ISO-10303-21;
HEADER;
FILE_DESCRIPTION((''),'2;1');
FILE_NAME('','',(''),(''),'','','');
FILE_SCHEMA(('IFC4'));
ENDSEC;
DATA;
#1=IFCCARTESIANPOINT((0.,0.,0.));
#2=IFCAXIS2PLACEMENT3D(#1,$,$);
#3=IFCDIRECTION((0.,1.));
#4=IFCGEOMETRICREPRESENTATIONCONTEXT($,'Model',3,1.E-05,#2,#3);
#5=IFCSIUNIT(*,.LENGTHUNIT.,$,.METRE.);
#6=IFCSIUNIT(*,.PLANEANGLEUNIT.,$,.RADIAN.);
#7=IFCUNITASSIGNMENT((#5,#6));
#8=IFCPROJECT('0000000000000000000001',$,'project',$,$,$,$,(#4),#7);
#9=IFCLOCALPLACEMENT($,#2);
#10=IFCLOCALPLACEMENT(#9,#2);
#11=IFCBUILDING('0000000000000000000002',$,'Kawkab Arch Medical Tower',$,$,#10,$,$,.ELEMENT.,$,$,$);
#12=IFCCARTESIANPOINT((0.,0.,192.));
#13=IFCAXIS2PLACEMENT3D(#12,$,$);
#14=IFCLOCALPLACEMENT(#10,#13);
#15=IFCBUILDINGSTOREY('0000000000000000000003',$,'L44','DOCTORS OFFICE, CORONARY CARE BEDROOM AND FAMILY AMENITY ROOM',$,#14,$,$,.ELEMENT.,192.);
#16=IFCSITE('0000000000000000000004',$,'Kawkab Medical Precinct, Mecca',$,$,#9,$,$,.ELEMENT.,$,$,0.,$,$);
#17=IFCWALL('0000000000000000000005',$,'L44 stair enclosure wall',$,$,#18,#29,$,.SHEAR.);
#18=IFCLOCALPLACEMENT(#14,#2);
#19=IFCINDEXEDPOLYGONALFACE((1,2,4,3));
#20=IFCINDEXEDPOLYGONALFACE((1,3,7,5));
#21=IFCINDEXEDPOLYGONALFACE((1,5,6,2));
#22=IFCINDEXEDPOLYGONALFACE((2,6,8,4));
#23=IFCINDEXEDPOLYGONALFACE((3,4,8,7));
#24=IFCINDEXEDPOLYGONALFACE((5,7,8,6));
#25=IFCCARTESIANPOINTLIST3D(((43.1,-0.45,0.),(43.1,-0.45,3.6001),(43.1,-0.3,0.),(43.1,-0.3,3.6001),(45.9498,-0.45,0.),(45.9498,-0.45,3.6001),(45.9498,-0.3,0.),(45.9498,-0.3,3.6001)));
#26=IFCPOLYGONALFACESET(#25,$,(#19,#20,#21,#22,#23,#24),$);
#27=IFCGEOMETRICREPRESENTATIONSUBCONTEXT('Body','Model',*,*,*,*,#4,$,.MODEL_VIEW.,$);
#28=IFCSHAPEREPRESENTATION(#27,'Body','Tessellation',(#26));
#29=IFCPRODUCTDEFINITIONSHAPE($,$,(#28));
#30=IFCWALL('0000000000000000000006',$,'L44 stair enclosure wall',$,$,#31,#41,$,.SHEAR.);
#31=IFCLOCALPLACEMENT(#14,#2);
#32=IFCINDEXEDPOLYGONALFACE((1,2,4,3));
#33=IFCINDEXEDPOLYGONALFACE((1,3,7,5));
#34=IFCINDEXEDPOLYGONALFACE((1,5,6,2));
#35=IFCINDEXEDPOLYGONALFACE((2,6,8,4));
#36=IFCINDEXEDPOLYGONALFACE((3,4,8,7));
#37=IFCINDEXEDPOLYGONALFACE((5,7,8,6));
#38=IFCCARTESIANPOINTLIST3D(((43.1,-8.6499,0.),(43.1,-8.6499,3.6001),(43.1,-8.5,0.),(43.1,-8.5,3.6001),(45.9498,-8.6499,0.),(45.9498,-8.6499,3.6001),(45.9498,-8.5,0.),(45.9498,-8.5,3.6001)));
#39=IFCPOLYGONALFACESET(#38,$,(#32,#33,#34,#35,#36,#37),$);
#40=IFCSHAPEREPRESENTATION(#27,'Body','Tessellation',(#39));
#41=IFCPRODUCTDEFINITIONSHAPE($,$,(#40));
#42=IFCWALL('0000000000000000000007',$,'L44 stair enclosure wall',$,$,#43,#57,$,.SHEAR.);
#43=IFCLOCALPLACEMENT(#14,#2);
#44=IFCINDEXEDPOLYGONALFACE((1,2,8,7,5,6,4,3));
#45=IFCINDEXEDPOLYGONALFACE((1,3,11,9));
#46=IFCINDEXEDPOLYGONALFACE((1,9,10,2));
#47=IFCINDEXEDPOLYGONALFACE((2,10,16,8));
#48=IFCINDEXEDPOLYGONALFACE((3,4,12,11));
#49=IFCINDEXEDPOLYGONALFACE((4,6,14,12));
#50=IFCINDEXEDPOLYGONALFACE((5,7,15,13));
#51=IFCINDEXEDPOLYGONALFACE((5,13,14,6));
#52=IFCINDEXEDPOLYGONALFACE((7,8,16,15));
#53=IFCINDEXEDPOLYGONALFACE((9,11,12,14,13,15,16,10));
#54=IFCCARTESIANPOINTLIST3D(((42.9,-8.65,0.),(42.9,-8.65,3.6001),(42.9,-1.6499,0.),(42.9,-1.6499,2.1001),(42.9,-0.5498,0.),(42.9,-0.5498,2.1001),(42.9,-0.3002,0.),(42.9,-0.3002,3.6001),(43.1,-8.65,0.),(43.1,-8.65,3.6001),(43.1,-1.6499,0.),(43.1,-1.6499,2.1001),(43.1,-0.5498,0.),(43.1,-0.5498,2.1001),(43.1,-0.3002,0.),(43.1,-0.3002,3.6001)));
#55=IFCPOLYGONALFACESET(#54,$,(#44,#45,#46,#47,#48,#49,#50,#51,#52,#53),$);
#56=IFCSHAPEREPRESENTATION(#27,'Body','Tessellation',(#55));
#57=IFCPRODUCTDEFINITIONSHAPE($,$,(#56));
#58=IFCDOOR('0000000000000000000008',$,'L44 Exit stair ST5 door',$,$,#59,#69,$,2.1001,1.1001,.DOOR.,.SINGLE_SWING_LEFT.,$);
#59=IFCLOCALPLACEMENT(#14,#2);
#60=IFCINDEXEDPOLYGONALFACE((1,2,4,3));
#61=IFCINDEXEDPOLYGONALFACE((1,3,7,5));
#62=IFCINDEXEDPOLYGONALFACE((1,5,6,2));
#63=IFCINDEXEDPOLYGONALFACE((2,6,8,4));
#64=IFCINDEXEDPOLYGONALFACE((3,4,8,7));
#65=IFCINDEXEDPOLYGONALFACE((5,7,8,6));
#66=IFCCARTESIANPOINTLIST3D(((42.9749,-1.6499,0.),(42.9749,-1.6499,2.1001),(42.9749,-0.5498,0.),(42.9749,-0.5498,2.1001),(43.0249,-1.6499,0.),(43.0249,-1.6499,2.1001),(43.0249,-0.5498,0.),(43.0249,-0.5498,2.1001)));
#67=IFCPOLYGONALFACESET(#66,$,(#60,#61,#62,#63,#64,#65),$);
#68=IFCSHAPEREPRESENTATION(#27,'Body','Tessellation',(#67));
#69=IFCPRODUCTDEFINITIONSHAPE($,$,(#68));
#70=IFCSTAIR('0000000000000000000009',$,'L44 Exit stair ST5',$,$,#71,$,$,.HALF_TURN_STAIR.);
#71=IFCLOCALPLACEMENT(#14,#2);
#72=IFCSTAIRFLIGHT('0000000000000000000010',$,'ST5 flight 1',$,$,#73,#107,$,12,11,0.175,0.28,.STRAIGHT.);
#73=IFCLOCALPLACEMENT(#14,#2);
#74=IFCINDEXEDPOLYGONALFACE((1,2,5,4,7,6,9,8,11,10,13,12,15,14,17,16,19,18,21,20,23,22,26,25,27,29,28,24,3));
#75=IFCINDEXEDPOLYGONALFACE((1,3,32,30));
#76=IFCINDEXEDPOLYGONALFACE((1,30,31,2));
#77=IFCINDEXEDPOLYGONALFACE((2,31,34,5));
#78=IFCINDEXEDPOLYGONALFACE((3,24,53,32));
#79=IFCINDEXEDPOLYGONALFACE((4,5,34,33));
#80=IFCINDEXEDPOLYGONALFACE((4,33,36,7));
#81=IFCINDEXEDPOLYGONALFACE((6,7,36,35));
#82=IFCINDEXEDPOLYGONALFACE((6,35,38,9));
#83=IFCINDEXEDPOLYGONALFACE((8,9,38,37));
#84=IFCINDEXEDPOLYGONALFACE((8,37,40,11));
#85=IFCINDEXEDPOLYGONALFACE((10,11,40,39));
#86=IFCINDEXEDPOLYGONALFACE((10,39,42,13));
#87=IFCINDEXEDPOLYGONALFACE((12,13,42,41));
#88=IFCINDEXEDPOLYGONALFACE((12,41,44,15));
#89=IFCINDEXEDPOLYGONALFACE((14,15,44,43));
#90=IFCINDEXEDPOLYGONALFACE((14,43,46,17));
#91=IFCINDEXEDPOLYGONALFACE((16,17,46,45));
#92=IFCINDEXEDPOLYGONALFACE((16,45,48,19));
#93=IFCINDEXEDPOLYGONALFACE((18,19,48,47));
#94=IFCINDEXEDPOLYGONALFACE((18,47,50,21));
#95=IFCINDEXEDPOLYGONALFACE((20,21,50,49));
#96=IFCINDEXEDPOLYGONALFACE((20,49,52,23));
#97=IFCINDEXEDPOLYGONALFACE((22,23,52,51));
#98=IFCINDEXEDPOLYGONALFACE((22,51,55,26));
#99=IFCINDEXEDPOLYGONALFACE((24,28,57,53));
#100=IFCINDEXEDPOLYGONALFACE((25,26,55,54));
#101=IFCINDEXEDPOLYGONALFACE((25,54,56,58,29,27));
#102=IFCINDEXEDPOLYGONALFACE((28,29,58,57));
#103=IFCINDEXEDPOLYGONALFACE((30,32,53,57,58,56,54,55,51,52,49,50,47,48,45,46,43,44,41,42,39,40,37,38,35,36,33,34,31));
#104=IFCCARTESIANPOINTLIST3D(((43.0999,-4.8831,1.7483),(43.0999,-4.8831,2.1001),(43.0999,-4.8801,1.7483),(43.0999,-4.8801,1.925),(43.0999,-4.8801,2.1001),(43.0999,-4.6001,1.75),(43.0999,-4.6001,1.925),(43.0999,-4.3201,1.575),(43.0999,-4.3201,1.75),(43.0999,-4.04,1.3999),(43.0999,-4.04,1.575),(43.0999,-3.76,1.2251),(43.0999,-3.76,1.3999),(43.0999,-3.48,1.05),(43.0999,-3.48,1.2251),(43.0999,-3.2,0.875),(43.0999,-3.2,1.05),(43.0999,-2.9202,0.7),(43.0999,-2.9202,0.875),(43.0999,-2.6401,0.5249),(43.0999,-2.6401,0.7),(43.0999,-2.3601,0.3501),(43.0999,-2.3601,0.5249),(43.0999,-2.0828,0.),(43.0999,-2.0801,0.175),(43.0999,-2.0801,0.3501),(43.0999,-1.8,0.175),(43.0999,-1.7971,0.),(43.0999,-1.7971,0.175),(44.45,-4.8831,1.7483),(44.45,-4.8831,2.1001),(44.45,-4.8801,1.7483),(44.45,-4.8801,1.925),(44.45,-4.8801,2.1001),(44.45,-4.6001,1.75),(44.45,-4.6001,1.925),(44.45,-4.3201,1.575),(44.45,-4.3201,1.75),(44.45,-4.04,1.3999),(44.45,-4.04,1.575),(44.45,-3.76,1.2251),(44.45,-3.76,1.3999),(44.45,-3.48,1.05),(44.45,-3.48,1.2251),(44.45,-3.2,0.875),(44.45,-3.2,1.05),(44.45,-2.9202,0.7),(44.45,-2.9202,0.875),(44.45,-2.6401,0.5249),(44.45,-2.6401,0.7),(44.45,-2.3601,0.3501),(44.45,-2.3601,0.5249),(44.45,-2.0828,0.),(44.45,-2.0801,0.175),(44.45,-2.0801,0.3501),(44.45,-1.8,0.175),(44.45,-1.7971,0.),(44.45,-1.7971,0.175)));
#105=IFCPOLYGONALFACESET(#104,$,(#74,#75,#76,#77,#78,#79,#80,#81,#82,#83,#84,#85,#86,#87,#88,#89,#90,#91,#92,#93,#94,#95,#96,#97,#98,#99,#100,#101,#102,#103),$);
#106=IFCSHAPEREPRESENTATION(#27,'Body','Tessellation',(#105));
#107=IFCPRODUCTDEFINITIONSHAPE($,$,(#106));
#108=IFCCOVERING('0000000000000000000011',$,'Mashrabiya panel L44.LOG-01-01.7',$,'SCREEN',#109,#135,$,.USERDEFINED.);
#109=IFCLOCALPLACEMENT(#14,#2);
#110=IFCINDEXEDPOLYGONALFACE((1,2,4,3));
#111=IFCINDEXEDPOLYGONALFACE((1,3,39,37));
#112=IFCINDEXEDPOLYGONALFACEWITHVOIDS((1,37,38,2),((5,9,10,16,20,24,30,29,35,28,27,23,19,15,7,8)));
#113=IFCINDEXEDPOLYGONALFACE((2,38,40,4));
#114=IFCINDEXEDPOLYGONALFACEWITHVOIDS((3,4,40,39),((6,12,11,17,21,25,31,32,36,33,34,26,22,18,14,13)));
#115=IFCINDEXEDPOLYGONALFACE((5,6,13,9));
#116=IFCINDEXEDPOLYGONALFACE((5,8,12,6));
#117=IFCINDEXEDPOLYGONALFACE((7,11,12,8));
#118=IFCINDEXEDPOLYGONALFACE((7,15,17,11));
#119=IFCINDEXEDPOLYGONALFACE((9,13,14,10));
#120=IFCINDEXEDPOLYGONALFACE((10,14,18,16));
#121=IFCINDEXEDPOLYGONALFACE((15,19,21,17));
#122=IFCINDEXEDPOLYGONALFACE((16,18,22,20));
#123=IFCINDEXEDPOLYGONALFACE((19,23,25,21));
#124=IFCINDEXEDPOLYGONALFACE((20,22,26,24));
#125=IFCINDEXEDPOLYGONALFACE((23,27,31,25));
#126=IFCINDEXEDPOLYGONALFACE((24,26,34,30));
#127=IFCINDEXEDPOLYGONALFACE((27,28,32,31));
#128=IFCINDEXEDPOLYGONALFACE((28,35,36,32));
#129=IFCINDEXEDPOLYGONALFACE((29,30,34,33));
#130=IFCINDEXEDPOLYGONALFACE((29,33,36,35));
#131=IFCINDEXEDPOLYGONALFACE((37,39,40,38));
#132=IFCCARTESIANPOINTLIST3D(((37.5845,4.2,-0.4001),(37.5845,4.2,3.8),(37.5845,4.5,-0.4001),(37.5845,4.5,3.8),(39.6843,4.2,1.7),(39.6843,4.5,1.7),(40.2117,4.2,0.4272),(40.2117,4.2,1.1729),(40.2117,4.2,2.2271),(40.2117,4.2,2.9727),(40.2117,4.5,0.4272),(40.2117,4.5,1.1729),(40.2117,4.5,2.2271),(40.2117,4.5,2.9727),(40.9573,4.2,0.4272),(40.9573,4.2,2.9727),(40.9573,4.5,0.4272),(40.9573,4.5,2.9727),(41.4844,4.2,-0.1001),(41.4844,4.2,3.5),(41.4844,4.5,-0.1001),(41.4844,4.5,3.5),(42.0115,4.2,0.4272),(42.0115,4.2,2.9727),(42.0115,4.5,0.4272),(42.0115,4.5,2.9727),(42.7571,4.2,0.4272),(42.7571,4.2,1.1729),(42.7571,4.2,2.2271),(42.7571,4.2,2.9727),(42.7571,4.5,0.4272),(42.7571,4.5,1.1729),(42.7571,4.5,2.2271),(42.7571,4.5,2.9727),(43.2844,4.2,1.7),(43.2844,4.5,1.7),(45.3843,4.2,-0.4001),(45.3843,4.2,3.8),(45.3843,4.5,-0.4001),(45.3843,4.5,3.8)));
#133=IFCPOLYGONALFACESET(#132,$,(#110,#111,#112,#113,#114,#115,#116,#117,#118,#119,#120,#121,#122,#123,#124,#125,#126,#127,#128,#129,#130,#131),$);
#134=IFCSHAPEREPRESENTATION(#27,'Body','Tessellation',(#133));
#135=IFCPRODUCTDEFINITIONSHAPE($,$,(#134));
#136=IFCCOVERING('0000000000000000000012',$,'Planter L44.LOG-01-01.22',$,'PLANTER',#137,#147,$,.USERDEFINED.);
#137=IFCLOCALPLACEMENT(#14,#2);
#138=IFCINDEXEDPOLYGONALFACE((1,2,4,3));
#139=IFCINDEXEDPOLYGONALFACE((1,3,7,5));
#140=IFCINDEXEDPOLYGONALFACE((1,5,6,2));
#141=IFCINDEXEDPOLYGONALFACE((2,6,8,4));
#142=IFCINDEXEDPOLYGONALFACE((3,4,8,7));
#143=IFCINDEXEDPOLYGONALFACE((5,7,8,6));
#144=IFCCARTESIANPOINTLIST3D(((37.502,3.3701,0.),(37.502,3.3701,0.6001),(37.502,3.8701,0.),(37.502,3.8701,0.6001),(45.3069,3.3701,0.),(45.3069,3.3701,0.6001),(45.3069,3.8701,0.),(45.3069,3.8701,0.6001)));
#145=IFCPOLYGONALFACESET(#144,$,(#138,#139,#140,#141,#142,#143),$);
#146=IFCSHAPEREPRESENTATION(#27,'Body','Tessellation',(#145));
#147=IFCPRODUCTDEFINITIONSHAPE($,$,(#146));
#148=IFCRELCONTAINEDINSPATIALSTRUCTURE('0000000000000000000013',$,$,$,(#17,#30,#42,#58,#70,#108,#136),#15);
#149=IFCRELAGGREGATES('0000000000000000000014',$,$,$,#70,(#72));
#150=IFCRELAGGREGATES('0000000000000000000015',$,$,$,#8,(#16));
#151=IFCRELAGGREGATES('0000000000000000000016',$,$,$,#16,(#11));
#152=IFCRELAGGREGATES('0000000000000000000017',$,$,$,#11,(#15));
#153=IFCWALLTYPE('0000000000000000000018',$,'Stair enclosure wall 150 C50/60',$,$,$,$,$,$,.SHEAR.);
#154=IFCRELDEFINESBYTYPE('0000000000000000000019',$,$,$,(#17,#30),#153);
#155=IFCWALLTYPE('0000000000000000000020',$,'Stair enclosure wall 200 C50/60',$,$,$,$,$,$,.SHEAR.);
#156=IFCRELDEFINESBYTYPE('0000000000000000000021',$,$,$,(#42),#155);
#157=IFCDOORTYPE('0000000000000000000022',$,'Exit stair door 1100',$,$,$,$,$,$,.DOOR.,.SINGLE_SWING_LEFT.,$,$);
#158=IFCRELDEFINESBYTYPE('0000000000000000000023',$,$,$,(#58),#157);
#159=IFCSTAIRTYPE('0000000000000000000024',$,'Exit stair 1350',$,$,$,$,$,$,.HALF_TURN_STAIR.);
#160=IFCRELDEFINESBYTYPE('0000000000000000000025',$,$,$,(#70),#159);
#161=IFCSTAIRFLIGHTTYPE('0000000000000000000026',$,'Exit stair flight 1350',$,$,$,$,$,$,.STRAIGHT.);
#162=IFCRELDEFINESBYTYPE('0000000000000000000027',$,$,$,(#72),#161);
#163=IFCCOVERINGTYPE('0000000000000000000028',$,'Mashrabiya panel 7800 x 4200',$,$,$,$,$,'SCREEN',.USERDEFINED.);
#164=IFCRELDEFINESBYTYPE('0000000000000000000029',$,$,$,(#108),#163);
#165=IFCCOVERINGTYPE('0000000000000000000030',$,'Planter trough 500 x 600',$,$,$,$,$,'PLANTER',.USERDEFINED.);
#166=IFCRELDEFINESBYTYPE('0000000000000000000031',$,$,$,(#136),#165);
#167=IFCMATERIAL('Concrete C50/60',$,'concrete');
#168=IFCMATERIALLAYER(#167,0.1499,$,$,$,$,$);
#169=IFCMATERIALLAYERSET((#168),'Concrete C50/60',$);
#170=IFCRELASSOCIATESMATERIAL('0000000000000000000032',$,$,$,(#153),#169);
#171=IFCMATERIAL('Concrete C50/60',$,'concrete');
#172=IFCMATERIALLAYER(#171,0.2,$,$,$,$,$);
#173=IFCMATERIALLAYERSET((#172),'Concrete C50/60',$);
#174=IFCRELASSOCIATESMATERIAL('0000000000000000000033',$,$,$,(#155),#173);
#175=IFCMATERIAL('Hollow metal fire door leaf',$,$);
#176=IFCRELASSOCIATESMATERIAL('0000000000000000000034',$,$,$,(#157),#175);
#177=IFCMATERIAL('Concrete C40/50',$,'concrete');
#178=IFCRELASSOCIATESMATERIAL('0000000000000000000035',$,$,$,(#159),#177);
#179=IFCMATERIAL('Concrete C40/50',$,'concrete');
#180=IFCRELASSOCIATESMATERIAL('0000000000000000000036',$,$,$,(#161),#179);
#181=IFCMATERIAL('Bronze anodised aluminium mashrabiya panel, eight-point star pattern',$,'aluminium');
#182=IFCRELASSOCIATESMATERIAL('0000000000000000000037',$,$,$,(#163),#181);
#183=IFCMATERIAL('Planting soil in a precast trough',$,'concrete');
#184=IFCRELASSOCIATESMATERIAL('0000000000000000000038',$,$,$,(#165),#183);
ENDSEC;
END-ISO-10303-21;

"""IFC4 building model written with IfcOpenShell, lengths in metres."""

from ifc_helpers import new_model, si_unit, direction, frame, frame_2d, origin, origin_2d, place, context, subcontext, project, spatial, polyline, rectangle, outline, extrude, material, layer, layer_set, material_profile, profile_set, type_object, element, fill, aggregate, save


model = new_model("IFC4")

# Units and contexts
model_context = context("Model", 3, precision=1e-05, world=origin(), true_north=direction((0.0, 1.0)))
body_context = subcontext(model_context, "Body", "Model", "MODEL_VIEW")
ifc_project = project(units=[si_unit("LENGTHUNIT", "METRE"), si_unit("PLANEANGLEUNIT", "RADIAN")], contexts=[model_context])

# Site, building, storey
site_placement = place(None, origin())
site = spatial("IfcSite", under=ifc_project, at=site_placement, Name="Kawkab Medical Precinct, Mecca", CompositionType="ELEMENT", RefElevation=0.0)
building_placement = place(site_placement, origin())
building = spatial("IfcBuilding", under=site, at=building_placement, Name="Kawkab Arch Medical Tower", CompositionType="ELEMENT")
storey_placement = place(building_placement, frame((0.0, 0.0, 192.0)))
storey = spatial("IfcBuildingStorey", under=building, at=storey_placement, Name="L44", Description="DOCTORS OFFICE, CORONARY CARE BEDROOM AND FAMILY AMENITY ROOM", CompositionType="ELEMENT", Elevation=192.0)

# Shared definitions
placement = place(storey_placement, origin())

# Walls
ifc_material_1 = material(Name="Concrete C50/60", Category="concrete")
ifc_layer_1 = layer(ifc_material_1, 0.1499)
ifc_layer_set_1 = layer_set([ifc_layer_1], Name="Concrete C50/60")
wall_type_1 = type_object("IfcWallType", Name="Stair enclosure wall 150 C50/60", PredefinedType="SHEAR", material=ifc_layer_set_1)
for number, where, z_axis, x_axis, name in (
    (1, (43.1001, -0.375, 0.0), (0.0, 0.0, 1.0), (1.0, 0.0, 0.0), "L44 stair enclosure wall"),
    (2, (43.1001, -8.575, 0.0), (0.0, 0.0, 1.0), (1.0, 0.0, 0.0), "L44 stair enclosure wall"),
):
    element("IfcWall", number, at=place(storey_placement, frame(where, z_axis=z_axis, x_axis=x_axis)), inside=storey, type_object=wall_type_1, Name=name, PredefinedType="SHEAR", context=body_context, shape_type="SweptSolid", body=[
        extrude(rectangle(XDim=2.8499, YDim=0.1499, at=frame_2d((1.4248, 0.0))), origin(), (0.0, 0.0, 1.0), 3.6001),
    ])

# Wall, opening, door
ifc_material_2 = material(Name="Concrete C50/60", Category="concrete")
ifc_layer_2 = layer(ifc_material_2, 0.2)
ifc_layer_set_2 = layer_set([ifc_layer_2], Name="Concrete C50/60")
wall_type_2 = type_object("IfcWallType", Name="Stair enclosure wall 200 C50/60", PredefinedType="SHEAR", material=ifc_layer_set_2)
wall_1_placement = place(storey_placement, frame((43.0, -8.6499, 0.0), z_axis=(0.0, 0.0, 1.0), x_axis=(0.0, 1.0, 0.0)))
wall_1 = element("IfcWall", 3, at=wall_1_placement, inside=storey, type_object=wall_type_2, Name="L44 stair enclosure wall", PredefinedType="SHEAR", context=body_context, shape_type="SweptSolid", body=[
    extrude(rectangle(XDim=8.3499, YDim=0.2, at=frame_2d((4.1748, 0.0))), origin(), (0.0, 0.0, 1.0), 3.6001),
])
opening_1_placement = place(wall_1_placement, frame((7.0, 0.0, 0.0)))
opening_1 = element("IfcOpeningElement", 4, at=opening_1_placement, cuts=wall_1, PredefinedType="OPENING", context=body_context, shape_type="SweptSolid", body=[
    extrude(rectangle(XDim=1.1001, YDim=2.1001, at=frame_2d((0.55, 1.05))), frame((0.0, 0.1099, 0.0), z_axis=(0.0, -1.0, 0.0), x_axis=(1.0, 0.0, 0.0)), (0.0, 0.0, 1.0), 0.22),
])
ifc_material_3 = material(Name="Hollow metal fire door leaf")
door_type_1 = type_object("IfcDoorType", Name="Exit stair door 1100", OperationType="SINGLE_SWING_LEFT", PredefinedType="DOOR", material=ifc_material_3)
door_1_placement = place(opening_1_placement, frame((1.1001, 0.0, 0.0), z_axis=(0.0, 0.0, 1.0), x_axis=(-1.0, 0.0, 0.0)))
door_1 = element("IfcDoor", 5, at=door_1_placement, inside=storey, type_object=door_type_1, Name="L44 Exit stair ST5 door", OperationType="SINGLE_SWING_LEFT", OverallHeight=2.1001, OverallWidth=1.1001, PredefinedType="DOOR", context=body_context, shape_type="SweptSolid", body=[
    extrude(rectangle(XDim=1.1001, YDim=2.1001, at=frame_2d((0.55, 1.05))), frame((0.0, 0.0249, 0.0), z_axis=(0.0, -1.0, 0.0), x_axis=(1.0, 0.0, 0.0)), (0.0, 0.0, 1.0), 0.05),
])
fill(opening_1, door_1)

# Stair, stair flight
ifc_material_4 = material(Name="Concrete C40/50", Category="concrete")
stair_type = type_object("IfcStairType", Name="Exit stair 1350", PredefinedType="HALF_TURN_STAIR", material=ifc_material_4)
stair = element("IfcStair", 6, at=placement, inside=storey, type_object=stair_type, Name="L44 Exit stair ST5", PredefinedType="HALF_TURN_STAIR")
ifc_material_5 = material(Name="Concrete C40/50", Category="concrete")
stair_flight_type = type_object("IfcStairFlightType", Name="Exit stair flight 1350", PredefinedType="STRAIGHT", material=ifc_material_5)
stair_flight_placement = place(storey_placement, frame((43.7749, -1.8, 0.0), z_axis=(0.0, 0.0, 1.0), x_axis=(0.0, -1.0, 0.0)))
stair_flight = element("IfcStairFlight", 7, at=stair_flight_placement, type_object=stair_flight_type, Name="ST5 flight 1", NumberOfRisers=12, NumberOfTreads=11, PredefinedType="STRAIGHT", RiserHeight=0.175, TreadLength=0.28, context=body_context, shape_type="SweptSolid", body=[
    extrude(outline(polyline([(-0.0029, 0.0), (-0.0029, 0.175), (0.0, 0.175), (0.28, 0.175), (0.28, 0.3501), (0.5601, 0.3501), (0.5601, 0.5249), (0.8401, 0.5249), (0.8401, 0.7), (1.1201, 0.7), (1.1201, 0.875), (1.3999, 0.875), (1.3999, 1.05), (1.6799, 1.05), (1.6799, 1.2251), (1.96, 1.2251), (1.96, 1.3999), (2.24, 1.3999), (2.24, 1.575), (2.52, 1.575), (2.52, 1.75), (2.8, 1.75), (2.8, 1.925), (3.0801, 1.925), (3.0801, 2.1001), (3.083, 2.1001), (3.083, 1.7483), (3.0801, 1.7483), (0.2827, 0.0), (-0.0029, 0.0)])), frame((0.0, 0.675, 0.0), z_axis=(0.0, -1.0, 0.0), x_axis=(1.0, 0.0, 0.0)), (0.0, 0.0, 1.0), 1.3501),
])
aggregate(stair, [stair_flight])

# Coverings
ifc_material_6 = material(Name="Bronze anodised aluminium mashrabiya panel, eight-point star pattern", Category="aluminium")
ifc_material_profile_1 = material_profile(ifc_material_6, outline(polyline([(-3.8999, -2.1001), (3.8999, -2.1001), (3.8999, 2.1001), (-3.8999, 2.1001), (-3.8999, -2.1001)]), holes=[polyline([(1.8, 0.0), (1.2727, 0.5271), (1.2727, 1.2727), (0.5271, 1.2727), (0.0, 1.8), (-0.5271, 1.2727), (-1.2727, 1.2727), (-1.2727, 0.5271), (-1.8, 0.0), (-1.2727, -0.5271), (-1.2727, -1.2727), (-0.5271, -1.2727), (0.0, -1.8), (0.5271, -1.2727), (1.2727, -1.2727), (1.2727, -0.5271), (1.8, 0.0)])]), Name="Mashrabiya panel 7800x4200")
ifc_profile_set_1 = profile_set([ifc_material_profile_1], Name="Bronze anodised aluminium mashrabiya panel, eight-point star pattern")
covering_type_1 = type_object("IfcCoveringType", Name="Mashrabiya panel 7800 x 4200", ElementType="SCREEN", PredefinedType="USERDEFINED", material=ifc_profile_set_1)
covering_1_placement = place(storey_placement, frame((41.4844, 4.2, 1.7), z_axis=(0.0, 1.0, 0.0), x_axis=(-1.0, 0.0, 0.0)))
element("IfcCovering", 8, at=covering_1_placement, inside=storey, type_object=covering_type_1, Name="Mashrabiya panel L44.LOG-01-01.7", ObjectType="SCREEN", PredefinedType="USERDEFINED", context=body_context, shape_type="SweptSolid", body=[
    extrude(outline(polyline([(-3.8999, -2.1001), (3.8999, -2.1001), (3.8999, 2.1001), (-3.8999, 2.1001), (-3.8999, -2.1001)]), holes=[polyline([(1.8, 0.0), (1.2727, 0.5271), (1.2727, 1.2727), (0.5271, 1.2727), (0.0, 1.8), (-0.5271, 1.2727), (-1.2727, 1.2727), (-1.2727, 0.5271), (-1.8, 0.0), (-1.2727, -0.5271), (-1.2727, -1.2727), (-0.5271, -1.2727), (0.0, -1.8), (0.5271, -1.2727), (1.2727, -1.2727), (1.2727, -0.5271), (1.8, 0.0)])]), origin(), (0.0, 0.0, 1.0), 0.3),
])
ifc_material_7 = material(Name="Planting soil in a precast trough", Category="concrete")
ifc_material_profile_2 = material_profile(ifc_material_7, rectangle(XDim=0.5, YDim=0.6001, at=origin_2d()), Name="Trough 500x600")
ifc_profile_set_2 = profile_set([ifc_material_profile_2], Name="Planting soil in a precast trough")
covering_type_2 = type_object("IfcCoveringType", Name="Planter trough 500 x 600", ElementType="PLANTER", PredefinedType="USERDEFINED", material=ifc_profile_set_2)
covering_2_placement = place(storey_placement, frame((37.502, 3.6201, 0.3), z_axis=(1.0, 0.0, 0.0), x_axis=(0.0, 1.0, 0.0)))
element("IfcCovering", 9, at=covering_2_placement, inside=storey, type_object=covering_type_2, Name="Planter L44.LOG-01-01.22", ObjectType="PLANTER", PredefinedType="USERDEFINED", context=body_context, shape_type="SweptSolid", body=[
    extrude(rectangle(XDim=0.5, YDim=0.6001, at=origin_2d()), origin(), (0.0, 0.0, 1.0), 7.8049),
])

save(model, "model.ifc")
